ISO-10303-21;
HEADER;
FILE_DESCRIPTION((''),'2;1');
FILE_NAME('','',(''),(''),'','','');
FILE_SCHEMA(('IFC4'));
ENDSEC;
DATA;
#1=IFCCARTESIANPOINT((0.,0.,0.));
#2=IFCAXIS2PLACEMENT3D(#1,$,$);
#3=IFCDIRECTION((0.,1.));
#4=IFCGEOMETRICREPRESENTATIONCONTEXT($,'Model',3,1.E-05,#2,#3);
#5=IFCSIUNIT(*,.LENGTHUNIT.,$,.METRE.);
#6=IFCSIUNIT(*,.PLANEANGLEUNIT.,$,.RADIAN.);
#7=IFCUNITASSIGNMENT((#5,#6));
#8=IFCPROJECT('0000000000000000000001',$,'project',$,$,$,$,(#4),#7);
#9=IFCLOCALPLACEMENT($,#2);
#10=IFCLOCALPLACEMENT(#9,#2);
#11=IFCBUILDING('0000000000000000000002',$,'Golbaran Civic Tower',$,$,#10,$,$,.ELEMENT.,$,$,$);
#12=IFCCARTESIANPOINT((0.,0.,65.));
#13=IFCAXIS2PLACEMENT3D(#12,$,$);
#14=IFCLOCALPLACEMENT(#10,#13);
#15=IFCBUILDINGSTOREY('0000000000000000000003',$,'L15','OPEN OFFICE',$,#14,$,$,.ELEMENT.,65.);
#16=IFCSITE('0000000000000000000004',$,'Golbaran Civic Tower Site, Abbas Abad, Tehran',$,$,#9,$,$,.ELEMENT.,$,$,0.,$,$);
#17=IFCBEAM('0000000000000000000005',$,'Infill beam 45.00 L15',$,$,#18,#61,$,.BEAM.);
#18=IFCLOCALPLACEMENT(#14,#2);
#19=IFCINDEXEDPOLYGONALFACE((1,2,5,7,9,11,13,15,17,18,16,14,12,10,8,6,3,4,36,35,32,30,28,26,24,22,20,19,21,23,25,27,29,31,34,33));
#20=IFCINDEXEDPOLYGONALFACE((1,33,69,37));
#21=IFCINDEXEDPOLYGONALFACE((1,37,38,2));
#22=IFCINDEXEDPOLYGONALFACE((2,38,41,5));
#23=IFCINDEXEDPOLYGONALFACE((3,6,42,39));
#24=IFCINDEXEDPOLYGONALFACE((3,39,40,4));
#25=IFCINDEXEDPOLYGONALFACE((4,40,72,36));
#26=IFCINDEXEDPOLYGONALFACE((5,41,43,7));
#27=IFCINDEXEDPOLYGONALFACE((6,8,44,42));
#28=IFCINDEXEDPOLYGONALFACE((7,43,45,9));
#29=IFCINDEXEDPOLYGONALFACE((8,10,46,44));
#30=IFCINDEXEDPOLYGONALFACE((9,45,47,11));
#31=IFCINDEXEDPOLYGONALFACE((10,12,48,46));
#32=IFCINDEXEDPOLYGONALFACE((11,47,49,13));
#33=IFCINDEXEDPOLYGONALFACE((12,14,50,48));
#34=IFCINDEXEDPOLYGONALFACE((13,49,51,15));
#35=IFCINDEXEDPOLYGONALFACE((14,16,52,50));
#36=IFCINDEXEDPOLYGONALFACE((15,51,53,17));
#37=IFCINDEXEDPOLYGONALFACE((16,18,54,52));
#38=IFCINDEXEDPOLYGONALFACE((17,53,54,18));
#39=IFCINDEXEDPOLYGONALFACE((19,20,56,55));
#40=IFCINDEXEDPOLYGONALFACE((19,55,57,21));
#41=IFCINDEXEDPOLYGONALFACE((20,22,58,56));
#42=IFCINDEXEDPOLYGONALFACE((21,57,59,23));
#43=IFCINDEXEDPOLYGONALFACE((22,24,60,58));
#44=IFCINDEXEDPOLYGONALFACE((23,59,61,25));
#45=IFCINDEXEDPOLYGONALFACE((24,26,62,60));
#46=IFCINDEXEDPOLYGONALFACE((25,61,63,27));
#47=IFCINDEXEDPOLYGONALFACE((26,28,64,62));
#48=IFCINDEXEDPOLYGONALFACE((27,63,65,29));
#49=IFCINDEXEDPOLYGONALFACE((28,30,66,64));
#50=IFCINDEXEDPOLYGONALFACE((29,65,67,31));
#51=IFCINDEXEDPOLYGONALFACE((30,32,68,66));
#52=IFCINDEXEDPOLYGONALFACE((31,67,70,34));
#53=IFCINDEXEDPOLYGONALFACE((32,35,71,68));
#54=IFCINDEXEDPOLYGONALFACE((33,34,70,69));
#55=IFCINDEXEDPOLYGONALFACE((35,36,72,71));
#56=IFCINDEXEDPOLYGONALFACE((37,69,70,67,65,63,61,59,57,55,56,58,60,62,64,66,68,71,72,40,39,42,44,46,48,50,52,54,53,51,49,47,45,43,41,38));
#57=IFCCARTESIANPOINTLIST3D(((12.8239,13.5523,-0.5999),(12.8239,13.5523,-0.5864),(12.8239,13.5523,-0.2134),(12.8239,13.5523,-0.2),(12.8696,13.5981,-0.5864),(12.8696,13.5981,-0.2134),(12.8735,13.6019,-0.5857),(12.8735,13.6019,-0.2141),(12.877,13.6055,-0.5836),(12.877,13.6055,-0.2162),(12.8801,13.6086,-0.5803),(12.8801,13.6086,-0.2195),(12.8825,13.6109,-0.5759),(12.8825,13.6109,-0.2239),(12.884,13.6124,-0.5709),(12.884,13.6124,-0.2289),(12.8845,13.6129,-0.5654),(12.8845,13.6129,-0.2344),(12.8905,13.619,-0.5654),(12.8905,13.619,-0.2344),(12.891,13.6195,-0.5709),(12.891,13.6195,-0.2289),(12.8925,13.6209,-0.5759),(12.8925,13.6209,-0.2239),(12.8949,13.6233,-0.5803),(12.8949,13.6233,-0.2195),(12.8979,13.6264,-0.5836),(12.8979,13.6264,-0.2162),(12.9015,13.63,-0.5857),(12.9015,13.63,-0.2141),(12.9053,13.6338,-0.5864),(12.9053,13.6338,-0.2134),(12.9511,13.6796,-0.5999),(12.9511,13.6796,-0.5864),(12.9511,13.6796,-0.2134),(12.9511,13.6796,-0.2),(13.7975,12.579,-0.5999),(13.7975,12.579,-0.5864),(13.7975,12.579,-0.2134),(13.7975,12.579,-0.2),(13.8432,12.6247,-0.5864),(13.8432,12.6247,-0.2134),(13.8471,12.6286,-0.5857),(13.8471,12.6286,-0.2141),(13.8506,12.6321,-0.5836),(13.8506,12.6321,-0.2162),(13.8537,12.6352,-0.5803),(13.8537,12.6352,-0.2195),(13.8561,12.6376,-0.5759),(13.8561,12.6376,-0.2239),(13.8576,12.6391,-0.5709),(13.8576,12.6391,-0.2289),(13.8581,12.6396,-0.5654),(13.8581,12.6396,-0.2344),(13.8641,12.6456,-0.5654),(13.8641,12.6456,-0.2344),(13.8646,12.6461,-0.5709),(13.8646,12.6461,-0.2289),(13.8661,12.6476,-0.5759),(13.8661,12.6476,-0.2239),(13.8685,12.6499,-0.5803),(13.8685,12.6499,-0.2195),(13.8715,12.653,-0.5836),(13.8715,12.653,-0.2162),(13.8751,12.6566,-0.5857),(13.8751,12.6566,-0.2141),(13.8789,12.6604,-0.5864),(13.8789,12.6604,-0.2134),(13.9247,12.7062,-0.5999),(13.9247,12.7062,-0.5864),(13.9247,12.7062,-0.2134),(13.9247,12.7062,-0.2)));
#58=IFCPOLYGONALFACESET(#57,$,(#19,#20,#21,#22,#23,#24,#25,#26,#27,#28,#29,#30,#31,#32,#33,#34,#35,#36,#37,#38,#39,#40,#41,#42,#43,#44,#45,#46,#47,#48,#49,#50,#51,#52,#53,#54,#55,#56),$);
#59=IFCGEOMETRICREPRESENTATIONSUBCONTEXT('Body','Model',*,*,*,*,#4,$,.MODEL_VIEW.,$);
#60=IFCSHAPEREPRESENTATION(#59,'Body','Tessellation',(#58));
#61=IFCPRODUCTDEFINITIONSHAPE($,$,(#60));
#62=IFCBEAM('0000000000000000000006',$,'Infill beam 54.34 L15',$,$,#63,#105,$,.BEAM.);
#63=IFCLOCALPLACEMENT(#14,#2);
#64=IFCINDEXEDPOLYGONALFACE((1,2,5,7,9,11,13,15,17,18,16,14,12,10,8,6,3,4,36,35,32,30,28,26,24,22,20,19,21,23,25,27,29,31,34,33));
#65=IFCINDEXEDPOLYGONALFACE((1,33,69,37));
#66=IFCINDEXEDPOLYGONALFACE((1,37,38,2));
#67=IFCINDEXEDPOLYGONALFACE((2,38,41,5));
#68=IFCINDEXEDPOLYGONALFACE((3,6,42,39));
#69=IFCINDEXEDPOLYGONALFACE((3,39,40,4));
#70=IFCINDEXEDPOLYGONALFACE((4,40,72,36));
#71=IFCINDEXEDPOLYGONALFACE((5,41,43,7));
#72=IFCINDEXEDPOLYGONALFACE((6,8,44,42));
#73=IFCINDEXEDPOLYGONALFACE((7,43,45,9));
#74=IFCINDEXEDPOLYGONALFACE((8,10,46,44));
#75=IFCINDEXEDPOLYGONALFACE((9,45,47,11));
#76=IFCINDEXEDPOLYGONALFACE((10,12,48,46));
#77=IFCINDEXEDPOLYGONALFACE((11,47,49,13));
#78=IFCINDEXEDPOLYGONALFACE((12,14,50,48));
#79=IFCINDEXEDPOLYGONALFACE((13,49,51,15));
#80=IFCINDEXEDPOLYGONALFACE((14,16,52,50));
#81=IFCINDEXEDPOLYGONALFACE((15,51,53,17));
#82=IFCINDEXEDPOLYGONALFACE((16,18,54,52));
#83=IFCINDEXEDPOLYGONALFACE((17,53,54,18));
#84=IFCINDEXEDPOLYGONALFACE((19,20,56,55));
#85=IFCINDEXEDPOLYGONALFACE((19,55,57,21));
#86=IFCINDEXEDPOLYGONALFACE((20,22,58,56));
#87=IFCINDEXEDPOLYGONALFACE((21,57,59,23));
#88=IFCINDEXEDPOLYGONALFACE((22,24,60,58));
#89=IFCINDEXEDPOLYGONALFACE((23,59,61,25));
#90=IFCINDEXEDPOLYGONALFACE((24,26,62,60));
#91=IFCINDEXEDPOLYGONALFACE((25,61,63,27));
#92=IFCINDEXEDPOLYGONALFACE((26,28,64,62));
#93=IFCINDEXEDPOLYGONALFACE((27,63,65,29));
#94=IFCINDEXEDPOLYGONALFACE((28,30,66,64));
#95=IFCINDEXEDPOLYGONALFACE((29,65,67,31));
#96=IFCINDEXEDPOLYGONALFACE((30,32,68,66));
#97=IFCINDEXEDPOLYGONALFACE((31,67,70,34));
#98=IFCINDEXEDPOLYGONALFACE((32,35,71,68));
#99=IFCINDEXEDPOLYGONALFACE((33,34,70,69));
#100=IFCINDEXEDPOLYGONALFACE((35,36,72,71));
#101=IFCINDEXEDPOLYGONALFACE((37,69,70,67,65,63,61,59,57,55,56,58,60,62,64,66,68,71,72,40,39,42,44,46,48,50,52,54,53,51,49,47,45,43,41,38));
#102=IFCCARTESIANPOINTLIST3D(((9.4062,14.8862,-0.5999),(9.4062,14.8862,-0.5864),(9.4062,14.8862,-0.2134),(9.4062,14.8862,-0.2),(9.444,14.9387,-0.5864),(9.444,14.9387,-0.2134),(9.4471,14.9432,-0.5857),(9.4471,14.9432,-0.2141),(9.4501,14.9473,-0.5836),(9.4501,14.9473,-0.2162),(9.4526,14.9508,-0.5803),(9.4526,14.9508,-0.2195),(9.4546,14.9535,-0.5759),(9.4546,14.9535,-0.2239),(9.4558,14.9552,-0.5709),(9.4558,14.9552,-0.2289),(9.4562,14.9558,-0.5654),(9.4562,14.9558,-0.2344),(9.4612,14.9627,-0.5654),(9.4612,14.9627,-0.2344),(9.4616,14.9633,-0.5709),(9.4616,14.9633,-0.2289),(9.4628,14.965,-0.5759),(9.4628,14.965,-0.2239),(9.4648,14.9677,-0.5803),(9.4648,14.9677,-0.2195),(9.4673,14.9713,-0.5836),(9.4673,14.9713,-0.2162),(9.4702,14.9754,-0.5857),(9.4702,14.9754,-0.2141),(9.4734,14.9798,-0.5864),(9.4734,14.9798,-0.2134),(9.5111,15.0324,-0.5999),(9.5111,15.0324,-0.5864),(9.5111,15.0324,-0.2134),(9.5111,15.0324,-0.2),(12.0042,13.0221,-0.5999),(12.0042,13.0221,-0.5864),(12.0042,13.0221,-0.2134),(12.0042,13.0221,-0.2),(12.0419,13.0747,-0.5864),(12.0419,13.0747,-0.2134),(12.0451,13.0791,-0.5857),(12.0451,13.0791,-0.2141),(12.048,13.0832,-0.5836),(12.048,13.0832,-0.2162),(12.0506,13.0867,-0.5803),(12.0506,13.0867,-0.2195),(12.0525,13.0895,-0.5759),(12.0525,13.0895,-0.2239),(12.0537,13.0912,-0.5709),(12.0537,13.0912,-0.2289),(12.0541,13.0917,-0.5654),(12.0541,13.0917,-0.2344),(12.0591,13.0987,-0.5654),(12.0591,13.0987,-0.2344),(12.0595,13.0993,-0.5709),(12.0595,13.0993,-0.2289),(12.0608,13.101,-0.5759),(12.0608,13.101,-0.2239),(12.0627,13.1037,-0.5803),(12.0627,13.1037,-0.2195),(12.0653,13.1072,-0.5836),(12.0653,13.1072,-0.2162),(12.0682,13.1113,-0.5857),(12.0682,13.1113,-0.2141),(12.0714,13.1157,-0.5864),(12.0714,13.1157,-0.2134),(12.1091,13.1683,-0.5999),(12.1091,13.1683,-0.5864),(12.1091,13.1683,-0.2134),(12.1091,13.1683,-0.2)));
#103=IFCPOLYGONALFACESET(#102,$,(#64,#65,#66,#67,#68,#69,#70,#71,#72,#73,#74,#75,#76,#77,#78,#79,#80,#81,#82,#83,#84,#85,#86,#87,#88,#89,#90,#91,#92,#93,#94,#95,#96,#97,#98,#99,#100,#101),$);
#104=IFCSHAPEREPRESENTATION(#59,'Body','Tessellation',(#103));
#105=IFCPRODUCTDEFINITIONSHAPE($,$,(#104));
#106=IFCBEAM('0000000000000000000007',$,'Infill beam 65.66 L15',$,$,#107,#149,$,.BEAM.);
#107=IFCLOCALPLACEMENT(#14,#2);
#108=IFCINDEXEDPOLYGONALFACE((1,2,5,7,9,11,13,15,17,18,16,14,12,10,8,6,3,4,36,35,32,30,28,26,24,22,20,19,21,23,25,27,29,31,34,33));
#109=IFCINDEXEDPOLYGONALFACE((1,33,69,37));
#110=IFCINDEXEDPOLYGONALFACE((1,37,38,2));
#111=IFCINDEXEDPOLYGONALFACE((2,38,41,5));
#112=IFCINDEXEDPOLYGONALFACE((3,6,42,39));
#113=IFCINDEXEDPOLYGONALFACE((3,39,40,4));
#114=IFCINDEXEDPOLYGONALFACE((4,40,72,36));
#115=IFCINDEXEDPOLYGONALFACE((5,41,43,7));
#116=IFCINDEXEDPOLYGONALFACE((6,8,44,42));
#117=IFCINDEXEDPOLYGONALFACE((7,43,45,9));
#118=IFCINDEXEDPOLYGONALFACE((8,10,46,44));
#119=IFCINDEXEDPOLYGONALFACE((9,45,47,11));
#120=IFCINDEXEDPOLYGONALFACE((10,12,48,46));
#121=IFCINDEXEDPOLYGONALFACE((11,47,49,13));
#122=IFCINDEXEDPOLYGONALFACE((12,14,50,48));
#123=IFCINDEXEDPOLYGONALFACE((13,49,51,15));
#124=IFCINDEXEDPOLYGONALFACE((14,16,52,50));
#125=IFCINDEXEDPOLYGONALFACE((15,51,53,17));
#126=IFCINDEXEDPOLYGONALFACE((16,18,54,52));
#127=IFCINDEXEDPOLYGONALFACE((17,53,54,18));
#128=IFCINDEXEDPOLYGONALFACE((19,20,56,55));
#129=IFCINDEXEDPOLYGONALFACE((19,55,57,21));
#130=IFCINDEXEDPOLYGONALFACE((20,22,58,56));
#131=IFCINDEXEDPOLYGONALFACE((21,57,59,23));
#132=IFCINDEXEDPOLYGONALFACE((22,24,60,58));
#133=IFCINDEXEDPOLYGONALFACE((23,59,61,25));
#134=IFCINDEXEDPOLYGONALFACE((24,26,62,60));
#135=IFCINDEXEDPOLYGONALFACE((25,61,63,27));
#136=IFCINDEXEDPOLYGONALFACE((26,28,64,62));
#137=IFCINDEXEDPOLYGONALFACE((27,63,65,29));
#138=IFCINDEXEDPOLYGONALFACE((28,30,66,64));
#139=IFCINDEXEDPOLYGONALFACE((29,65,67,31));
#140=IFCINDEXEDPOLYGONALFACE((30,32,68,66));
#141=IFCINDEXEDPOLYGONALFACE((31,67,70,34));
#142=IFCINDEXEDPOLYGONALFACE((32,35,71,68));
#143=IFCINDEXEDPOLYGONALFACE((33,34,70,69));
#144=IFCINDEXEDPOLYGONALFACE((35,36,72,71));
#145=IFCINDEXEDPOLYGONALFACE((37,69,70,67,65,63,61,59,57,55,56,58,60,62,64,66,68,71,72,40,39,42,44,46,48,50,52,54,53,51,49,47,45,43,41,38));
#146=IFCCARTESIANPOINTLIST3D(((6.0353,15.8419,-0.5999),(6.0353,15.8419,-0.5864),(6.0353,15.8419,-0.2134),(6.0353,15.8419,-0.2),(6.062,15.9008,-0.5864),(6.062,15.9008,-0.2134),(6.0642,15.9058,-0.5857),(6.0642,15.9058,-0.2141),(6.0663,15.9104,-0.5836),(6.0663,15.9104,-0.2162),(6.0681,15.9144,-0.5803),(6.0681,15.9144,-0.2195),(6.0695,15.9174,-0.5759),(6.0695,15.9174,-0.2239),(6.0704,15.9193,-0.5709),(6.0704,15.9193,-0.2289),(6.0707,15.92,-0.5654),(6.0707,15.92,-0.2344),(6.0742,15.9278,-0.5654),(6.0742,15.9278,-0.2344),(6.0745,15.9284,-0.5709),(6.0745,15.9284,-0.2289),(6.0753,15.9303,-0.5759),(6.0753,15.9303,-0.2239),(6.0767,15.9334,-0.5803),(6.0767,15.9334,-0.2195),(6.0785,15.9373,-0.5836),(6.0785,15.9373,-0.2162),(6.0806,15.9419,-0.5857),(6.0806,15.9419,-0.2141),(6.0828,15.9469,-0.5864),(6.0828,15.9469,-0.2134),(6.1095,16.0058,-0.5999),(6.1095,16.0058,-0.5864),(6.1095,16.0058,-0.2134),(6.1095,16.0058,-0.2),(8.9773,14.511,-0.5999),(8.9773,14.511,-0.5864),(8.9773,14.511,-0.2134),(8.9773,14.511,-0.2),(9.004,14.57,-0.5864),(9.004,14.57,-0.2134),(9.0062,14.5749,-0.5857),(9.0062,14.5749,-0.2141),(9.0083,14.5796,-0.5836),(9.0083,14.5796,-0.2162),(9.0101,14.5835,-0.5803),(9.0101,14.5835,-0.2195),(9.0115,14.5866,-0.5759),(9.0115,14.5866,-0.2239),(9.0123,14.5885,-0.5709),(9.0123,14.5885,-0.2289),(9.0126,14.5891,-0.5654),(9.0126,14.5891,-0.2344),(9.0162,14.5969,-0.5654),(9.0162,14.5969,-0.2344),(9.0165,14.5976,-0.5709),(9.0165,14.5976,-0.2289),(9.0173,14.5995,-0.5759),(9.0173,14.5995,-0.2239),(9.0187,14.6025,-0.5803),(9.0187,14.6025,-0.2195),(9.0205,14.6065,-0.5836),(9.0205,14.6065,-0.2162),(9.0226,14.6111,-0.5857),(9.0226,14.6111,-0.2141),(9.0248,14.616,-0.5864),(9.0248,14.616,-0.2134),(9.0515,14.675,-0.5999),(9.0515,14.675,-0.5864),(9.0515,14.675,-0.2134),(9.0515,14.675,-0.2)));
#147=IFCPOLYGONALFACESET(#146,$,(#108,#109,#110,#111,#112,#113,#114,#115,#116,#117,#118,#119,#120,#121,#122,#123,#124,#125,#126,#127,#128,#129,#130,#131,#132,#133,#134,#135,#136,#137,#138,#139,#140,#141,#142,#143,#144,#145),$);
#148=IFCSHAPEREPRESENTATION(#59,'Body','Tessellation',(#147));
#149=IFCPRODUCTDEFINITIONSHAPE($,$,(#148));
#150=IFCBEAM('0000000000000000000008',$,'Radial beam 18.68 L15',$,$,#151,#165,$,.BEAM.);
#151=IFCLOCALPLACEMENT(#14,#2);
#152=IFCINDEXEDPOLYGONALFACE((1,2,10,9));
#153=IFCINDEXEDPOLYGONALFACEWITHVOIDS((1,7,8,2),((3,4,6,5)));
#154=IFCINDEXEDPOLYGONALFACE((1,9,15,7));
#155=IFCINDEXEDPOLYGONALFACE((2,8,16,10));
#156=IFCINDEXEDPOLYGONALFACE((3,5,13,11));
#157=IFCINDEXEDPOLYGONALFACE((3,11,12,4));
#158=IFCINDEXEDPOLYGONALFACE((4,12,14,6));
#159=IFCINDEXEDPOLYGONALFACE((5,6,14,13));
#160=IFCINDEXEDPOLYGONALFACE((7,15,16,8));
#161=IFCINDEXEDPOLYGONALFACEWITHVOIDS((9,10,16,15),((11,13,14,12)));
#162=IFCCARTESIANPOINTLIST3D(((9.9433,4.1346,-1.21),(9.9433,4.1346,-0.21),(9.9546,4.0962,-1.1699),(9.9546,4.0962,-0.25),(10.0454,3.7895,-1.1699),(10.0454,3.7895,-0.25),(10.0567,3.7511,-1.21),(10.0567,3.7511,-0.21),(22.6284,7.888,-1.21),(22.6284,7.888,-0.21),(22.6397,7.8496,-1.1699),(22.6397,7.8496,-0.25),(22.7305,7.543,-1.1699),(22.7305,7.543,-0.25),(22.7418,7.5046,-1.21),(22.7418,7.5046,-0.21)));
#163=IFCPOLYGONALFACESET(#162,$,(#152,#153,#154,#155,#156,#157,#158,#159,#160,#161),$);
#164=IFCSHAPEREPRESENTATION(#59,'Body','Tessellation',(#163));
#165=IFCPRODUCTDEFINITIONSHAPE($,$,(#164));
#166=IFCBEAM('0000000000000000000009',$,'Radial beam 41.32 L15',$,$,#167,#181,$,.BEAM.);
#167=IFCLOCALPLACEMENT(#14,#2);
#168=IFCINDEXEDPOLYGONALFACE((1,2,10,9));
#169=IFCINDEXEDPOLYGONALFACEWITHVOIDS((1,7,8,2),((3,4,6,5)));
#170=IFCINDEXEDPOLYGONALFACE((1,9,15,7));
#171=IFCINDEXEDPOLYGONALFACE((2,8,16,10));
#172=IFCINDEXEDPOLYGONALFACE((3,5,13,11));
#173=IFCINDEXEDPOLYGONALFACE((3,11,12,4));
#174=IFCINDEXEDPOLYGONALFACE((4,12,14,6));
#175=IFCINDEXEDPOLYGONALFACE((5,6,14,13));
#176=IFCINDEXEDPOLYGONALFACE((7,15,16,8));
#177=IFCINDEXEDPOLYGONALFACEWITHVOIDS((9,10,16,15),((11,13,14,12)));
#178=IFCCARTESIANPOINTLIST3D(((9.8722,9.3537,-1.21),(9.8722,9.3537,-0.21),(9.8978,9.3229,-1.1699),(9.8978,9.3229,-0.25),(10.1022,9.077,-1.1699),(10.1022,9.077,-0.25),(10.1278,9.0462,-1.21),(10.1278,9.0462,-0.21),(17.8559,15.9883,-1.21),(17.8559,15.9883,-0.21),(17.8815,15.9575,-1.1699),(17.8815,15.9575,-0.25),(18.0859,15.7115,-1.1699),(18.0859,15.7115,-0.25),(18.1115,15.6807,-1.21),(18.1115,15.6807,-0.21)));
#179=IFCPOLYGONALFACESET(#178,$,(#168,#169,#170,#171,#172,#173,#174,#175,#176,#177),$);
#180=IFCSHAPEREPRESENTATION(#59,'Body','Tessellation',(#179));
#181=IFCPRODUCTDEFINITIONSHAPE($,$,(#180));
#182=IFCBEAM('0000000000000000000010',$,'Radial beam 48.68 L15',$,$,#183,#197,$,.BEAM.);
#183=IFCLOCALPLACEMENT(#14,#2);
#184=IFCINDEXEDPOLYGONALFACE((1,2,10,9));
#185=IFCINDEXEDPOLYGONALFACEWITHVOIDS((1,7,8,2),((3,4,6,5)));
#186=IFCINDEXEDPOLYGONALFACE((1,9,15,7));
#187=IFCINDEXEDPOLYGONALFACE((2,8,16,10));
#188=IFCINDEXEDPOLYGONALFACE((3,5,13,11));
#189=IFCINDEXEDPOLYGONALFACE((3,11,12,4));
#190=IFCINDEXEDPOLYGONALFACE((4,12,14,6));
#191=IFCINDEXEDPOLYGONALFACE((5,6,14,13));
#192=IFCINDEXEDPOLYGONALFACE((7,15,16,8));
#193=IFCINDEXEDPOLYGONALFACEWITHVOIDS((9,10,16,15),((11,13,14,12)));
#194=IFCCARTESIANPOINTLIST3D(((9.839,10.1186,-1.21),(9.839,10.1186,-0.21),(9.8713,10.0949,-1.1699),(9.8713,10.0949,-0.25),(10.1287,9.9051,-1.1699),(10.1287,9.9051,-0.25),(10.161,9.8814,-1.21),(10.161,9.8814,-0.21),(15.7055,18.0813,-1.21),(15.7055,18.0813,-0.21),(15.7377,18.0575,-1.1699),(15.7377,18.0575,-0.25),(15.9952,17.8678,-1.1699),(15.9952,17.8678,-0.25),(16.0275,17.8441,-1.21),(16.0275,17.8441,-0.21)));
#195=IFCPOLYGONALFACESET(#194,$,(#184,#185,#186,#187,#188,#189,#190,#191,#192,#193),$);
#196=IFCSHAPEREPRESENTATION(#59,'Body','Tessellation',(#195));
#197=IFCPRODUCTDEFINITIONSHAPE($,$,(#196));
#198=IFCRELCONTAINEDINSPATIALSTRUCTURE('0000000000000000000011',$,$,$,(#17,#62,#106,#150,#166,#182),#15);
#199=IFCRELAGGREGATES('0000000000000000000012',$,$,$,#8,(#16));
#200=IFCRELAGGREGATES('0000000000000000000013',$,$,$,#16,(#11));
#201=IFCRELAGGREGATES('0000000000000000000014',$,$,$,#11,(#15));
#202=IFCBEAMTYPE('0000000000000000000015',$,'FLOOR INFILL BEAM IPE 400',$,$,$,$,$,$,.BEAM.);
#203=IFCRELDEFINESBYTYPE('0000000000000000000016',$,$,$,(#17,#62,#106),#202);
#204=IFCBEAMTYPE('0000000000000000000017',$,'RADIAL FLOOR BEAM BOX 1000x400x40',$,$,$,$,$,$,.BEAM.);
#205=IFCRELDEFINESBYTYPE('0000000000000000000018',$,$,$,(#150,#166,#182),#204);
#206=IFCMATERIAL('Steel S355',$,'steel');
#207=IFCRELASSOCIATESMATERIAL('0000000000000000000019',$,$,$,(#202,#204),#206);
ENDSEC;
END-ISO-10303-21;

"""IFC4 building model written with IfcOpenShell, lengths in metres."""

from ifc_helpers import new_model, si_unit, direction, frame, origin, origin_2d, place, context, subcontext, project, spatial, hollow_rectangle, i_section, extrude, material, material_profile, profile_set, type_object, element, save


model = new_model("IFC4")

# Units and contexts
model_context = context("Model", 3, precision=1e-05, world=origin(), true_north=direction((0.0, 1.0)))
body_context = subcontext(model_context, "Body", "Model", "MODEL_VIEW")
ifc_project = project(units=[si_unit("LENGTHUNIT", "METRE"), si_unit("PLANEANGLEUNIT", "RADIAN")], contexts=[model_context])

# Site, building, storey
site_placement = place(None, origin())
site = spatial("IfcSite", under=ifc_project, at=site_placement, Name="Golbaran Civic Tower Site, Abbas Abad, Tehran", CompositionType="ELEMENT", RefElevation=0.0)
building_placement = place(site_placement, origin())
building = spatial("IfcBuilding", under=site, at=building_placement, Name="Golbaran Civic Tower", CompositionType="ELEMENT")
storey_placement = place(building_placement, frame((0.0, 0.0, 65.0)))
storey = spatial("IfcBuildingStorey", under=building, at=storey_placement, Name="L15", Description="OPEN OFFICE", CompositionType="ELEMENT", Elevation=65.0)

# Beams
ifc_material_1 = material(Name="Steel S355", Category="steel")
ifc_material_profile_1 = material_profile(ifc_material_1, i_section(OverallWidth=0.1799, OverallDepth=0.3999, WebThickness=0.0085, FlangeThickness=0.0134, FilletRadius=0.021, at=origin_2d()), Name="IPE 400")
ifc_profile_set_1 = profile_set([ifc_material_profile_1], Name="Steel S355")
beam_type_1 = type_object("IfcBeamType", Name="FLOOR INFILL BEAM IPE 400", PredefinedType="BEAM", material=ifc_profile_set_1)
beam_1_placement = place(storey_placement, frame((13.8611, 12.6426, -0.3999), z_axis=(-0.707195, 0.707018, 0.0), x_axis=(-0.707018, -0.707195, 0.0)))
element("IfcBeam", 1, at=beam_1_placement, inside=storey, type_object=beam_type_1, Name="Infill beam 45.00 L15", PredefinedType="BEAM", context=body_context, shape_type="SweptSolid", body=[
    extrude(i_section(OverallWidth=0.1799, OverallDepth=0.3999, WebThickness=0.0085, FlangeThickness=0.0134, FilletRadius=0.021, at=origin_2d()), origin(), (0.0, 0.0, 1.0), 1.3767),
])
beam_2_placement = place(storey_placement, frame((12.0566, 13.0952, -0.3999), z_axis=(-0.812493, 0.58297, 0.0), x_axis=(-0.58297, -0.812493, 0.0)))
element("IfcBeam", 2, at=beam_2_placement, inside=storey, type_object=beam_type_1, Name="Infill beam 54.34 L15", PredefinedType="BEAM", context=body_context, shape_type="SweptSolid", body=[
    extrude(i_section(OverallWidth=0.1799, OverallDepth=0.3999, WebThickness=0.0085, FlangeThickness=0.0134, FilletRadius=0.021, at=origin_2d()), origin(), (0.0, 0.0, 1.0), 3.1975),
])
beam_3_placement = place(storey_placement, frame((9.0144, 14.593, -0.3999), z_axis=(-0.911113, 0.412156, 0.0), x_axis=(-0.412156, -0.911113, 0.0)))
element("IfcBeam", 3, at=beam_3_placement, inside=storey, type_object=beam_type_1, Name="Infill beam 65.66 L15", PredefinedType="BEAM", context=body_context, shape_type="SweptSolid", body=[
    extrude(i_section(OverallWidth=0.1799, OverallDepth=0.3999, WebThickness=0.0085, FlangeThickness=0.0134, FilletRadius=0.021, at=origin_2d()), origin(), (0.0, 0.0, 1.0), 3.229),
])
ifc_material_profile_2 = material_profile(ifc_material_1, hollow_rectangle(XDim=0.3999, YDim=1.0, WallThickness=0.04, at=origin_2d()), Name="BOX 1000x400x40")
ifc_profile_set_2 = profile_set([ifc_material_profile_2], Name="Steel S355")
beam_type_2 = type_object("IfcBeamType", Name="RADIAL FLOOR BEAM BOX 1000x400x40", PredefinedType="BEAM", material=ifc_profile_set_2)
beam_4_placement = place(storey_placement, frame((10.0, 3.9429, -0.71), z_axis=(0.958903, 0.283733, 0.0), x_axis=(-0.283733, 0.958903, 0.0)))
element("IfcBeam", 4, at=beam_4_placement, inside=storey, type_object=beam_type_2, Name="Radial beam 18.68 L15", PredefinedType="BEAM", context=body_context, shape_type="SweptSolid", body=[
    extrude(hollow_rectangle(XDim=0.3999, YDim=1.0, WallThickness=0.04, at=origin_2d()), origin(), (0.0, 0.0, 1.0), 13.2288),
])
beam_5_placement = place(storey_placement, frame((10.0, 9.2, -0.71), z_axis=(0.769098, 0.639131, 0.0), x_axis=(-0.639131, 0.769098, 0.0)))
element("IfcBeam", 5, at=beam_5_placement, inside=storey, type_object=beam_type_2, Name="Radial beam 41.32 L15", PredefinedType="BEAM", context=body_context, shape_type="SweptSolid", body=[
    extrude(hollow_rectangle(XDim=0.3999, YDim=1.0, WallThickness=0.04, at=origin_2d()), origin(), (0.0, 0.0, 1.0), 10.3806),
])
beam_6_placement = place(storey_placement, frame((10.0, 10.0, -0.71), z_axis=(0.593149, 0.805092, 0.0), x_axis=(-0.805092, 0.593149, 0.0)))
element("IfcBeam", 6, at=beam_6_placement, inside=storey, type_object=beam_type_2, Name="Radial beam 48.68 L15", PredefinedType="BEAM", context=body_context, shape_type="SweptSolid", body=[
    extrude(hollow_rectangle(XDim=0.3999, YDim=1.0, WallThickness=0.04, at=origin_2d()), origin(), (0.0, 0.0, 1.0), 9.8904),
])

save(model, "model.ifc")
